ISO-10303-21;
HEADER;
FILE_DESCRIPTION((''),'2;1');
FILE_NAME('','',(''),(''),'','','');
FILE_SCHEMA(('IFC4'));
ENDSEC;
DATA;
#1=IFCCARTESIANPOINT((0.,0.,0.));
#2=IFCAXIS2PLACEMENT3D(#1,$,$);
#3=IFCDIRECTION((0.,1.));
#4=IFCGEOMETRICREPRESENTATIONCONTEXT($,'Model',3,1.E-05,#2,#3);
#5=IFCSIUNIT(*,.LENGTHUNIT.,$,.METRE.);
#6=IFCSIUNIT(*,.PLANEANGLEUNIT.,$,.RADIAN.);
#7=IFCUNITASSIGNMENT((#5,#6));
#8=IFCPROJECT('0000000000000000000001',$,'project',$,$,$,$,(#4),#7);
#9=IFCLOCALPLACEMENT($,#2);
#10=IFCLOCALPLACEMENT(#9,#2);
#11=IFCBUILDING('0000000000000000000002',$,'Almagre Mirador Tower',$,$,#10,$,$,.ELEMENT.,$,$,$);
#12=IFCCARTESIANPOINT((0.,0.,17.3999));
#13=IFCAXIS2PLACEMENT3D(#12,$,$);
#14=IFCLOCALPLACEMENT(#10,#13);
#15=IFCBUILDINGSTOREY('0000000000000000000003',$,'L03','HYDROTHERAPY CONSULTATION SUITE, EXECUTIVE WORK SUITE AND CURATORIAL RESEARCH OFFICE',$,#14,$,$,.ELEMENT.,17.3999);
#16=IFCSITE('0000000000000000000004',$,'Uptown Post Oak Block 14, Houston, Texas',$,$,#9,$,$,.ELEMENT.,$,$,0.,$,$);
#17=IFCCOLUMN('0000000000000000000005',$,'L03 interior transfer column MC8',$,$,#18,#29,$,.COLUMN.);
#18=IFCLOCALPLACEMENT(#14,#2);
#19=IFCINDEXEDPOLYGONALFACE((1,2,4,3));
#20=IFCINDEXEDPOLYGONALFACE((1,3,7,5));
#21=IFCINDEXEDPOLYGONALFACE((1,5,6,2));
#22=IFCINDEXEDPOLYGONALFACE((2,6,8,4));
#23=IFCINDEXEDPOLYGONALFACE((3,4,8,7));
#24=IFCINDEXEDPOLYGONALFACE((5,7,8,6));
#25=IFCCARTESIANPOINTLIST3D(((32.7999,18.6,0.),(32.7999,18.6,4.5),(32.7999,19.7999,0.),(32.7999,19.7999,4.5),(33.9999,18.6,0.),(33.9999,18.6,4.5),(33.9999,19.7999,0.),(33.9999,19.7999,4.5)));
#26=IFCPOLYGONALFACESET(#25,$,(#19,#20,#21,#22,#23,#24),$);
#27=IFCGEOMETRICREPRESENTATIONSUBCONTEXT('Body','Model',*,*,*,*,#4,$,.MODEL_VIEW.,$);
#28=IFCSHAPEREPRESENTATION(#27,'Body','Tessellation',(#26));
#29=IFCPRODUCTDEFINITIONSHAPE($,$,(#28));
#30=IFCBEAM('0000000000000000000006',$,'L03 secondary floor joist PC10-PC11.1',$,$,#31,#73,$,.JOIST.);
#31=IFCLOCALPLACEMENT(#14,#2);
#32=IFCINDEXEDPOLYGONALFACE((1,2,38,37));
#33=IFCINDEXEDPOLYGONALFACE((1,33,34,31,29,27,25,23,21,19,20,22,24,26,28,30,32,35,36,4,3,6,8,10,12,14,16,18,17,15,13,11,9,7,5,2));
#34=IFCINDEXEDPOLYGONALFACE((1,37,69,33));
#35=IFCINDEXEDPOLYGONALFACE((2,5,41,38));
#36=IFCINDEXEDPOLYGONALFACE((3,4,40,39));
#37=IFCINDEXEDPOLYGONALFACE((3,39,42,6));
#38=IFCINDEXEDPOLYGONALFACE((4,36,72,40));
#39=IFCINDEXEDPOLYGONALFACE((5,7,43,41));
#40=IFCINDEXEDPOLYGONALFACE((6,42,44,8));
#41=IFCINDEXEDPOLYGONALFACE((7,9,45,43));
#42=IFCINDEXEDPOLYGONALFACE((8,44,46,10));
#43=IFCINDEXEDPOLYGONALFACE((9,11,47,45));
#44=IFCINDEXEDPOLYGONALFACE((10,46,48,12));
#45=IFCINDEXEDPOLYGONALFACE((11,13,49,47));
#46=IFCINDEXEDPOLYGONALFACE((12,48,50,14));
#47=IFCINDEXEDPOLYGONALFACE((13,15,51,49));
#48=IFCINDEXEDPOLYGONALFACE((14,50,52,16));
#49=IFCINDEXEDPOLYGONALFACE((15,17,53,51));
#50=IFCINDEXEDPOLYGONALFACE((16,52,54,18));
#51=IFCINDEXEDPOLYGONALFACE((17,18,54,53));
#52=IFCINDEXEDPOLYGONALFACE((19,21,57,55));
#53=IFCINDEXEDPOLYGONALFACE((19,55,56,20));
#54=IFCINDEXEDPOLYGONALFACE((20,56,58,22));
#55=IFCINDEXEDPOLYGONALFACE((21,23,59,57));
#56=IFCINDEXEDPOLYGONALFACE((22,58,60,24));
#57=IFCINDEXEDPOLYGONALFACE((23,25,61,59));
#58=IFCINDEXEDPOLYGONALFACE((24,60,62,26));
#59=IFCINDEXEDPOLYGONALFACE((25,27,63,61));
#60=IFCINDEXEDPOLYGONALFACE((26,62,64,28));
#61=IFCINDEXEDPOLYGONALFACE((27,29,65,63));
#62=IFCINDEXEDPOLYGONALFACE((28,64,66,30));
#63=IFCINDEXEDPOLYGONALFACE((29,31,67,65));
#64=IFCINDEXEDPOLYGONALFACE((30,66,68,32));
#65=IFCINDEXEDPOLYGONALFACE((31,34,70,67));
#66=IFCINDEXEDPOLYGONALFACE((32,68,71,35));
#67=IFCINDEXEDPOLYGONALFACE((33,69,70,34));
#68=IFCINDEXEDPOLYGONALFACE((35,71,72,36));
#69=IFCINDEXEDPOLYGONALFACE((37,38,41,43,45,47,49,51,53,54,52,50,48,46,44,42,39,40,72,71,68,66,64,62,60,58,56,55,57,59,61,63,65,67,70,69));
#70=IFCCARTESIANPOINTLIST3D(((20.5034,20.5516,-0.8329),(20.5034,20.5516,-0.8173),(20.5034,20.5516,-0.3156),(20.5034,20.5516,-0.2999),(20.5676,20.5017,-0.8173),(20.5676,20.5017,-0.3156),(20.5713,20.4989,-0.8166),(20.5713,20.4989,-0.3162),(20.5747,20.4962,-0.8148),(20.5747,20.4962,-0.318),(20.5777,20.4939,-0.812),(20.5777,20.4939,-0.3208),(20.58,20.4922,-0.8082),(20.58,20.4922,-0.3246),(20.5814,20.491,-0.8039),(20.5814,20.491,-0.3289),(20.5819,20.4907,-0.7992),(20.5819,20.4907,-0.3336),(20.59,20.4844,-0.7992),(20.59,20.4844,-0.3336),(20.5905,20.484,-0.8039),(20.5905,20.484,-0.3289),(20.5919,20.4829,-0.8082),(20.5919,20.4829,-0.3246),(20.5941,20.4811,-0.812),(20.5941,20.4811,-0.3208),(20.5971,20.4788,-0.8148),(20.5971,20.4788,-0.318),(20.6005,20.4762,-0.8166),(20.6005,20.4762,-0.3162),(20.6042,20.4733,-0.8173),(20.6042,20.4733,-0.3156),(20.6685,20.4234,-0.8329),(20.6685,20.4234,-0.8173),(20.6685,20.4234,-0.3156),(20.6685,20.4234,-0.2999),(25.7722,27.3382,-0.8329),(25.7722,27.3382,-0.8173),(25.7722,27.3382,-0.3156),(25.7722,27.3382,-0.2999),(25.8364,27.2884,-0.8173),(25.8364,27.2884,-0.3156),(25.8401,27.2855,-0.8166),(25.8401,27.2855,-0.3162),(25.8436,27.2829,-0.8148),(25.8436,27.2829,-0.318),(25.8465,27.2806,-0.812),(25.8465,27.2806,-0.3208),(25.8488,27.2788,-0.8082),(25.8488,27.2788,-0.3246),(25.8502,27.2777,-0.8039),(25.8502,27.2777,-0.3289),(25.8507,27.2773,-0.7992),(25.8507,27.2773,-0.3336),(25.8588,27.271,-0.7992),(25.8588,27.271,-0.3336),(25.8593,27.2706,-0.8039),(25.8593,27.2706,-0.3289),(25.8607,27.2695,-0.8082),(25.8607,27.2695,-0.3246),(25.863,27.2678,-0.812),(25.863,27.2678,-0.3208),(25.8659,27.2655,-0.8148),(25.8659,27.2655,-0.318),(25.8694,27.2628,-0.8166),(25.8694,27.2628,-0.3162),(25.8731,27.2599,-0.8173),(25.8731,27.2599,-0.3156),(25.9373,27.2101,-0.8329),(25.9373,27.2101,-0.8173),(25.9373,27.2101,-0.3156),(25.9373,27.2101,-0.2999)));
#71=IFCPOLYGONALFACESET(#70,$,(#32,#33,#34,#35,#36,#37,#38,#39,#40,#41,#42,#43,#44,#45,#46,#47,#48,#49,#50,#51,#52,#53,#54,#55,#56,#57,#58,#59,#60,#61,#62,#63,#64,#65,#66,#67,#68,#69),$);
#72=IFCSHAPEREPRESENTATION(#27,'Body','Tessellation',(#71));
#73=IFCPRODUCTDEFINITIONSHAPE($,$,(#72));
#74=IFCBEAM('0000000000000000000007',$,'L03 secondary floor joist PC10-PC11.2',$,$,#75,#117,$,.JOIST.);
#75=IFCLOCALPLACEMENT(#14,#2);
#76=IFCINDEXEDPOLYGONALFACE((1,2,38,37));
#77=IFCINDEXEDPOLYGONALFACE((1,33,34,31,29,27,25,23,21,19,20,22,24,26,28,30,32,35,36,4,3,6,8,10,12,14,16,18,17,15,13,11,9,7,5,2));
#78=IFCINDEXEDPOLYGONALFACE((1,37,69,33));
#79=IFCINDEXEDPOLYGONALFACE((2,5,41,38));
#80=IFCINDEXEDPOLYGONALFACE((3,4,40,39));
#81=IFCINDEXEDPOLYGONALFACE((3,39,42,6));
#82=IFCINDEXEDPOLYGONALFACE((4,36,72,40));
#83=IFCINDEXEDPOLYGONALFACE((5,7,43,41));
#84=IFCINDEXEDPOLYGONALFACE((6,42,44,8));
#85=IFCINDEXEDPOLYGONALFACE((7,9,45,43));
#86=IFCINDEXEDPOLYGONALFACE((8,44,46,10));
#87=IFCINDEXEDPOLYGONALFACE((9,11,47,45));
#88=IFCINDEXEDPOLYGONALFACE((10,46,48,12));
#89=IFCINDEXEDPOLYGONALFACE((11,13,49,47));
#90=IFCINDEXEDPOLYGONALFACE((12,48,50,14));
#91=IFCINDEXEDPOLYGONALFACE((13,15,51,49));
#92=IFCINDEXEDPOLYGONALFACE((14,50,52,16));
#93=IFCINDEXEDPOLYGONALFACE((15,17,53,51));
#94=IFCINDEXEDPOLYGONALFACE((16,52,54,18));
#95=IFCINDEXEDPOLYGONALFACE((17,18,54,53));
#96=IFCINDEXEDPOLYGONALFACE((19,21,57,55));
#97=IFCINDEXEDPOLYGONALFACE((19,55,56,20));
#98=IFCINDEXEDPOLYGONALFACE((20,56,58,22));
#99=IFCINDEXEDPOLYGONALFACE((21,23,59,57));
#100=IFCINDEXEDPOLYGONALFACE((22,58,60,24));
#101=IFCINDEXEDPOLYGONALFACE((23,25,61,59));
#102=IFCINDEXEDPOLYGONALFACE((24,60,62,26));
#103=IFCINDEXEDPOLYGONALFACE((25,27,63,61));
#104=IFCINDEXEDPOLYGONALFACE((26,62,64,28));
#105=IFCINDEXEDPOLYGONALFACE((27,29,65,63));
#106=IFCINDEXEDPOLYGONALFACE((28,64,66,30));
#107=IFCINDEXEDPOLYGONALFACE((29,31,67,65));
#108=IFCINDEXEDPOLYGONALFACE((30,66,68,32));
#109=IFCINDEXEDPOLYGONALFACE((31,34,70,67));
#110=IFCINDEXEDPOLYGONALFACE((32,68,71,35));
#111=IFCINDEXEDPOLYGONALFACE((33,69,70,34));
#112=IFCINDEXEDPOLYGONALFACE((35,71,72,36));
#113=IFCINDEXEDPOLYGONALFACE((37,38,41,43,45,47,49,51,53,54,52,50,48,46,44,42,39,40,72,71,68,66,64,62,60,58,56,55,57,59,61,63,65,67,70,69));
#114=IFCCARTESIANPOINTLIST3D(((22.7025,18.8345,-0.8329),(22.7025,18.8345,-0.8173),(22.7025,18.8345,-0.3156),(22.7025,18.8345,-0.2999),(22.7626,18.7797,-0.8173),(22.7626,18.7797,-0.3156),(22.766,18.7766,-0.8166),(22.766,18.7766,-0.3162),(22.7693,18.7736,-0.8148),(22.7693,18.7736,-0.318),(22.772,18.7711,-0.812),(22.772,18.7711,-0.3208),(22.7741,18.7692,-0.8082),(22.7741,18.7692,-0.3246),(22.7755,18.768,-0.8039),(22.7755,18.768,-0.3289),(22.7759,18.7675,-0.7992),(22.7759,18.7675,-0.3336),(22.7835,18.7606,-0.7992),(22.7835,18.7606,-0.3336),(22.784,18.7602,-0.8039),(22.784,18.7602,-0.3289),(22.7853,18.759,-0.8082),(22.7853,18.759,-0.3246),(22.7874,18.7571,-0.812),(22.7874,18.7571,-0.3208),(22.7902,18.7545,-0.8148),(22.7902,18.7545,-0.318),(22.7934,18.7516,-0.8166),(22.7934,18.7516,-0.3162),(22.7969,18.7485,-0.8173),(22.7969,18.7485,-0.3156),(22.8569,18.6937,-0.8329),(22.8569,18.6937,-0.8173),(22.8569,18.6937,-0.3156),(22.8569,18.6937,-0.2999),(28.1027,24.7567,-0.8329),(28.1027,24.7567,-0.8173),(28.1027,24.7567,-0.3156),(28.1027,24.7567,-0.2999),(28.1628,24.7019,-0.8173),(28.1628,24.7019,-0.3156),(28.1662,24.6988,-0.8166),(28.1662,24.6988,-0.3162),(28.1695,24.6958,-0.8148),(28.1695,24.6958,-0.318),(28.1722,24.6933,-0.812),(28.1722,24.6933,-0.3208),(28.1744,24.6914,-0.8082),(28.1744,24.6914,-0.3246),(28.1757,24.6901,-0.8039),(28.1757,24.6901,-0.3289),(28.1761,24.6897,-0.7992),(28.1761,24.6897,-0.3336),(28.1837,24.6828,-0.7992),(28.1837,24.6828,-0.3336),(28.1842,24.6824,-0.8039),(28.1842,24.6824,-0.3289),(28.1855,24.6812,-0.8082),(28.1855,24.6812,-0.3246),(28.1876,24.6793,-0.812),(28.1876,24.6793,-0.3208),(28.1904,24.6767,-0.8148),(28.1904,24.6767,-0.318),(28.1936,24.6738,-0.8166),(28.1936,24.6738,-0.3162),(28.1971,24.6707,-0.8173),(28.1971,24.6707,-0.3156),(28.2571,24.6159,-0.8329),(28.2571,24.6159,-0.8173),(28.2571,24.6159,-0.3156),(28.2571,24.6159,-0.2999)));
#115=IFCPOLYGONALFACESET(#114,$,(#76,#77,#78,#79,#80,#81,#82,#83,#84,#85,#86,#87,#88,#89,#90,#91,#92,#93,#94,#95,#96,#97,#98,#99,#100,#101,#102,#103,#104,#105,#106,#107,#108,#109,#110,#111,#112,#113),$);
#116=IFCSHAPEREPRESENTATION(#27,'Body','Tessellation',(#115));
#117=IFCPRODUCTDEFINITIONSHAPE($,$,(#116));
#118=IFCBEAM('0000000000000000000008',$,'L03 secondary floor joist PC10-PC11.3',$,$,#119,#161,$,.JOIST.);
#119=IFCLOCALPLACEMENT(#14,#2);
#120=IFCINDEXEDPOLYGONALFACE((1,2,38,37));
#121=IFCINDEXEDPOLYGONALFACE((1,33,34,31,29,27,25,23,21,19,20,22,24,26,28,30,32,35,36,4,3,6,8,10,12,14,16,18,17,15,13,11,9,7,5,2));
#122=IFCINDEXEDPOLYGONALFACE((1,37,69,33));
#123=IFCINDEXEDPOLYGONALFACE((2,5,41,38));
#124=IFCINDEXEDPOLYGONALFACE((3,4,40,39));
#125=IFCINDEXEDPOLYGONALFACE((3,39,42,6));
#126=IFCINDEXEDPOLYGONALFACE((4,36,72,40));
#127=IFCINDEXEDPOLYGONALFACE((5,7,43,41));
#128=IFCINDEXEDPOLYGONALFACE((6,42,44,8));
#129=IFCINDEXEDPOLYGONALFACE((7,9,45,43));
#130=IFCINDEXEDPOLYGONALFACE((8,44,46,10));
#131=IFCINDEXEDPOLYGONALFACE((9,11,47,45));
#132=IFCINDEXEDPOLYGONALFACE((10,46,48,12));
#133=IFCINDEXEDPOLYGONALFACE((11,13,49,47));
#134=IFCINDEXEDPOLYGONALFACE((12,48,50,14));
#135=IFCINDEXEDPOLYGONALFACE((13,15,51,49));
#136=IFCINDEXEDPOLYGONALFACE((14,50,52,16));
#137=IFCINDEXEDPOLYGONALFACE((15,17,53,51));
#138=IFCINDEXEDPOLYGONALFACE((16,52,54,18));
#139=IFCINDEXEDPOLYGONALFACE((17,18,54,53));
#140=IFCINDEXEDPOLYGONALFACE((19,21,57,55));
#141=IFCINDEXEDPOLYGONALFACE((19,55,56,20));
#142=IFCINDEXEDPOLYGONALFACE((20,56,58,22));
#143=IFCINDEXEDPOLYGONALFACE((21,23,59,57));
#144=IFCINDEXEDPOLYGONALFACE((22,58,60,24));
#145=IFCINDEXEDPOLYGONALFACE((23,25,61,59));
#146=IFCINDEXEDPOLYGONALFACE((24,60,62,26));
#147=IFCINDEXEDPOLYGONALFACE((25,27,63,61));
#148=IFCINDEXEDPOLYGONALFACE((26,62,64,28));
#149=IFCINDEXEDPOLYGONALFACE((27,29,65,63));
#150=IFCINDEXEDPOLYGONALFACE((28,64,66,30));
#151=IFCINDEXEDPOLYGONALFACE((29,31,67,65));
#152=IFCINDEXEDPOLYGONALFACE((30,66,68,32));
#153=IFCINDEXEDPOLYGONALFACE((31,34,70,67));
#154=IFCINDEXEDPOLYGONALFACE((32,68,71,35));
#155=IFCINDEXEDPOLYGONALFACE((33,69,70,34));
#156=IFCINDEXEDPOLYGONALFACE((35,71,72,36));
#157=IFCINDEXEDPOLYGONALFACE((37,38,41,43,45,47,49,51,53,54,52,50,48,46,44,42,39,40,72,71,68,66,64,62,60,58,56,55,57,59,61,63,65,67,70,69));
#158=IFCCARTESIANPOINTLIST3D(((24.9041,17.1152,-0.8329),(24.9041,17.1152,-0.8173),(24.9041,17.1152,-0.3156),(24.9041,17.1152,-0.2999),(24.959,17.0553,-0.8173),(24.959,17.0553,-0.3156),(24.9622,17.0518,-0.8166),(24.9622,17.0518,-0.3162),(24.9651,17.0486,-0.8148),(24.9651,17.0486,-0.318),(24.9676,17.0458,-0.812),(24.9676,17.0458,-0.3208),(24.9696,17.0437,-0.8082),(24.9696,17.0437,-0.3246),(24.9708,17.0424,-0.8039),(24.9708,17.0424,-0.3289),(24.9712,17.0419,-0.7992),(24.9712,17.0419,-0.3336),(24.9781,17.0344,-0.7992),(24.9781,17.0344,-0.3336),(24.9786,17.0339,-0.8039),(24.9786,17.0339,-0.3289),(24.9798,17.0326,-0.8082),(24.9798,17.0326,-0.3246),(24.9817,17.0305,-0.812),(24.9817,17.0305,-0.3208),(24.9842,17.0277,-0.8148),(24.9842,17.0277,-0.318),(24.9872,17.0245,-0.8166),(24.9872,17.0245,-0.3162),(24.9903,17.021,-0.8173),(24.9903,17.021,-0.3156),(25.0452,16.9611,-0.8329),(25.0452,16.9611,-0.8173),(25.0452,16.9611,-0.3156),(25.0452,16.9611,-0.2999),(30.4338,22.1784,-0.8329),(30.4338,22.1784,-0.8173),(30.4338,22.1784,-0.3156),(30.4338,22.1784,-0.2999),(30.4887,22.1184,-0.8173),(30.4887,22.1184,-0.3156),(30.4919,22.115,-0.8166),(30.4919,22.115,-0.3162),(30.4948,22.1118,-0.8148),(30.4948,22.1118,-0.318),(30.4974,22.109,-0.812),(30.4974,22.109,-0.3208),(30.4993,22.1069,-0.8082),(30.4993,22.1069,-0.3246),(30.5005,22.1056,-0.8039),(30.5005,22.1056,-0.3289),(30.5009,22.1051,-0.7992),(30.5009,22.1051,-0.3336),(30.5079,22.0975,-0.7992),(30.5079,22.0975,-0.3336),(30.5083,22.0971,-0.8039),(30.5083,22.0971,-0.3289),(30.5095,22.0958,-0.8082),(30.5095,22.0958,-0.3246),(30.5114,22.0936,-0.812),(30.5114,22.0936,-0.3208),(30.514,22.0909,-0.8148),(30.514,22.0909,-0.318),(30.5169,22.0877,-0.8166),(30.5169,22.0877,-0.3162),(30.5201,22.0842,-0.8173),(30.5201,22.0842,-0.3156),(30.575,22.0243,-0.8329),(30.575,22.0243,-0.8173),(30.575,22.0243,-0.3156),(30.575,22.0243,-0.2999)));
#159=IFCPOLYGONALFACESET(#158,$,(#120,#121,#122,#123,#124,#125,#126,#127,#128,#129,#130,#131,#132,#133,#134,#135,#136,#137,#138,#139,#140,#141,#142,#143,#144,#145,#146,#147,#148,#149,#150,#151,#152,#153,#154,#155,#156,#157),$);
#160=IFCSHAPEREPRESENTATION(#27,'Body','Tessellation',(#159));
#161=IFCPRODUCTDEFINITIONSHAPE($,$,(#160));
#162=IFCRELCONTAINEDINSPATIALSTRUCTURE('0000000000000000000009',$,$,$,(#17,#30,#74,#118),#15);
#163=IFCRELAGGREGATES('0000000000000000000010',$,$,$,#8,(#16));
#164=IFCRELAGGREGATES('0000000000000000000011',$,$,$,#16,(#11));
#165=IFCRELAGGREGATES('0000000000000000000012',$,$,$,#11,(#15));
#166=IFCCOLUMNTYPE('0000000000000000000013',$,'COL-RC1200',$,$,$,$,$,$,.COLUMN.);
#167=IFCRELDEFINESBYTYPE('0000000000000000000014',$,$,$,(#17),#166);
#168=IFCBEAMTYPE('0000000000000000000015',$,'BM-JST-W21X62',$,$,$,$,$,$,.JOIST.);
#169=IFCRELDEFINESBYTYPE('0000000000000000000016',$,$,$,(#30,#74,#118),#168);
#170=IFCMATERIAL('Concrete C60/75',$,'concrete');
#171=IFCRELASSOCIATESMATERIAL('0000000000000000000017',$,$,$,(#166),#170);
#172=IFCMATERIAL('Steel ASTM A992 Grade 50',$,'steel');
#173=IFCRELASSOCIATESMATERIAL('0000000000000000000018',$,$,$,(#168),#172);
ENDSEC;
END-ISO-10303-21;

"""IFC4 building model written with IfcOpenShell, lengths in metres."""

from ifc_helpers import new_model, si_unit, direction, frame, origin, origin_2d, place, context, subcontext, project, spatial, rectangle, i_section, extrude, material, material_profile, profile_set, type_object, element, save


model = new_model("IFC4")

# Units and contexts
model_context = context("Model", 3, precision=1e-05, world=origin(), true_north=direction((0.0, 1.0)))
body_context = subcontext(model_context, "Body", "Model", "MODEL_VIEW")
ifc_project = project(units=[si_unit("LENGTHUNIT", "METRE"), si_unit("PLANEANGLEUNIT", "RADIAN")], contexts=[model_context])

# Site, building, storey
site_placement = place(None, origin())
site = spatial("IfcSite", under=ifc_project, at=site_placement, Name="Uptown Post Oak Block 14, Houston, Texas", CompositionType="ELEMENT", RefElevation=0.0)
building_placement = place(site_placement, origin())
building = spatial("IfcBuilding", under=site, at=building_placement, Name="Almagre Mirador Tower", CompositionType="ELEMENT")
storey_placement = place(building_placement, frame((0.0, 0.0, 17.3999)))
storey = spatial("IfcBuildingStorey", under=building, at=storey_placement, Name="L03", Description="HYDROTHERAPY CONSULTATION SUITE, EXECUTIVE WORK SUITE AND CURATORIAL RESEARCH OFFICE", CompositionType="ELEMENT", Elevation=17.3999)

# Column
ifc_material_1 = material(Name="Concrete C60/75", Category="concrete")
ifc_material_profile_1 = material_profile(ifc_material_1, rectangle(XDim=1.2, YDim=1.2, at=origin_2d()), Name="RC1200X1200")
ifc_profile_set_1 = profile_set([ifc_material_profile_1], Name="Concrete C60/75")
column_type = type_object("IfcColumnType", Name="COL-RC1200", PredefinedType="COLUMN", material=ifc_profile_set_1)
column_placement = place(storey_placement, frame((33.3999, 19.2, 0.0), z_axis=(0.0, 0.0, 1.0), x_axis=(1.0, 0.0, 0.0)))
element("IfcColumn", 1, at=column_placement, inside=storey, type_object=column_type, Name="L03 interior transfer column MC8", PredefinedType="COLUMN", context=body_context, shape_type="SweptSolid", body=[
    extrude(rectangle(XDim=1.2, YDim=1.2, at=origin_2d()), origin(), (0.0, 0.0, 1.0), 4.5),
])

# Beams
ifc_material_2 = material(Name="Steel ASTM A992 Grade 50", Category="steel")
ifc_material_profile_2 = material_profile(ifc_material_2, i_section(OverallWidth=0.209, OverallDepth=0.533, WebThickness=0.0103, FlangeThickness=0.0156, FilletRadius=0.0181, at=origin_2d()), Name="W21X62")
ifc_profile_set_2 = profile_set([ifc_material_profile_2], Name="Steel ASTM A992 Grade 50")
beam_type = type_object("IfcBeamType", Name="BM-JST-W21X62", PredefinedType="JOIST", material=ifc_profile_set_2)
beam_1_placement = place(storey_placement, frame((25.8547, 27.2742, -0.5664), z_axis=(-0.613238, -0.789898, 0.0), x_axis=(0.789898, -0.613238, 0.0)))
element("IfcBeam", 2, at=beam_1_placement, inside=storey, type_object=beam_type, Name="L03 secondary floor joist PC10-PC11.1", PredefinedType="JOIST", context=body_context, shape_type="SweptSolid", body=[
    extrude(i_section(OverallWidth=0.209, OverallDepth=0.533, WebThickness=0.0103, FlangeThickness=0.0156, FilletRadius=0.0181, at=origin_2d()), origin(), (0.0, 0.0, 1.0), 8.5918),
])
beam_2_placement = place(storey_placement, frame((28.1799, 24.6863, -0.5664), z_axis=(-0.673793, -0.738921, 0.0), x_axis=(0.738921, -0.673793, 0.0)))
element("IfcBeam", 3, at=beam_2_placement, inside=storey, type_object=beam_type, Name="L03 secondary floor joist PC10-PC11.2", PredefinedType="JOIST", context=body_context, shape_type="SweptSolid", body=[
    extrude(i_section(OverallWidth=0.209, OverallDepth=0.533, WebThickness=0.0103, FlangeThickness=0.0156, FilletRadius=0.0181, at=origin_2d()), origin(), (0.0, 0.0, 1.0), 8.0146),
])
beam_3_placement = place(storey_placement, frame((30.5044, 22.1013, -0.5664), z_axis=(-0.737535, -0.675309, 0.0), x_axis=(0.675309, -0.737535, 0.0)))
element("IfcBeam", 4, at=beam_3_placement, inside=storey, type_object=beam_type, Name="L03 secondary floor joist PC10-PC11.3", PredefinedType="JOIST", context=body_context, shape_type="SweptSolid", body=[
    extrude(i_section(OverallWidth=0.209, OverallDepth=0.533, WebThickness=0.0103, FlangeThickness=0.0156, FilletRadius=0.0181, at=origin_2d()), origin(), (0.0, 0.0, 1.0), 7.4976),
])

save(model, "model.ifc")
